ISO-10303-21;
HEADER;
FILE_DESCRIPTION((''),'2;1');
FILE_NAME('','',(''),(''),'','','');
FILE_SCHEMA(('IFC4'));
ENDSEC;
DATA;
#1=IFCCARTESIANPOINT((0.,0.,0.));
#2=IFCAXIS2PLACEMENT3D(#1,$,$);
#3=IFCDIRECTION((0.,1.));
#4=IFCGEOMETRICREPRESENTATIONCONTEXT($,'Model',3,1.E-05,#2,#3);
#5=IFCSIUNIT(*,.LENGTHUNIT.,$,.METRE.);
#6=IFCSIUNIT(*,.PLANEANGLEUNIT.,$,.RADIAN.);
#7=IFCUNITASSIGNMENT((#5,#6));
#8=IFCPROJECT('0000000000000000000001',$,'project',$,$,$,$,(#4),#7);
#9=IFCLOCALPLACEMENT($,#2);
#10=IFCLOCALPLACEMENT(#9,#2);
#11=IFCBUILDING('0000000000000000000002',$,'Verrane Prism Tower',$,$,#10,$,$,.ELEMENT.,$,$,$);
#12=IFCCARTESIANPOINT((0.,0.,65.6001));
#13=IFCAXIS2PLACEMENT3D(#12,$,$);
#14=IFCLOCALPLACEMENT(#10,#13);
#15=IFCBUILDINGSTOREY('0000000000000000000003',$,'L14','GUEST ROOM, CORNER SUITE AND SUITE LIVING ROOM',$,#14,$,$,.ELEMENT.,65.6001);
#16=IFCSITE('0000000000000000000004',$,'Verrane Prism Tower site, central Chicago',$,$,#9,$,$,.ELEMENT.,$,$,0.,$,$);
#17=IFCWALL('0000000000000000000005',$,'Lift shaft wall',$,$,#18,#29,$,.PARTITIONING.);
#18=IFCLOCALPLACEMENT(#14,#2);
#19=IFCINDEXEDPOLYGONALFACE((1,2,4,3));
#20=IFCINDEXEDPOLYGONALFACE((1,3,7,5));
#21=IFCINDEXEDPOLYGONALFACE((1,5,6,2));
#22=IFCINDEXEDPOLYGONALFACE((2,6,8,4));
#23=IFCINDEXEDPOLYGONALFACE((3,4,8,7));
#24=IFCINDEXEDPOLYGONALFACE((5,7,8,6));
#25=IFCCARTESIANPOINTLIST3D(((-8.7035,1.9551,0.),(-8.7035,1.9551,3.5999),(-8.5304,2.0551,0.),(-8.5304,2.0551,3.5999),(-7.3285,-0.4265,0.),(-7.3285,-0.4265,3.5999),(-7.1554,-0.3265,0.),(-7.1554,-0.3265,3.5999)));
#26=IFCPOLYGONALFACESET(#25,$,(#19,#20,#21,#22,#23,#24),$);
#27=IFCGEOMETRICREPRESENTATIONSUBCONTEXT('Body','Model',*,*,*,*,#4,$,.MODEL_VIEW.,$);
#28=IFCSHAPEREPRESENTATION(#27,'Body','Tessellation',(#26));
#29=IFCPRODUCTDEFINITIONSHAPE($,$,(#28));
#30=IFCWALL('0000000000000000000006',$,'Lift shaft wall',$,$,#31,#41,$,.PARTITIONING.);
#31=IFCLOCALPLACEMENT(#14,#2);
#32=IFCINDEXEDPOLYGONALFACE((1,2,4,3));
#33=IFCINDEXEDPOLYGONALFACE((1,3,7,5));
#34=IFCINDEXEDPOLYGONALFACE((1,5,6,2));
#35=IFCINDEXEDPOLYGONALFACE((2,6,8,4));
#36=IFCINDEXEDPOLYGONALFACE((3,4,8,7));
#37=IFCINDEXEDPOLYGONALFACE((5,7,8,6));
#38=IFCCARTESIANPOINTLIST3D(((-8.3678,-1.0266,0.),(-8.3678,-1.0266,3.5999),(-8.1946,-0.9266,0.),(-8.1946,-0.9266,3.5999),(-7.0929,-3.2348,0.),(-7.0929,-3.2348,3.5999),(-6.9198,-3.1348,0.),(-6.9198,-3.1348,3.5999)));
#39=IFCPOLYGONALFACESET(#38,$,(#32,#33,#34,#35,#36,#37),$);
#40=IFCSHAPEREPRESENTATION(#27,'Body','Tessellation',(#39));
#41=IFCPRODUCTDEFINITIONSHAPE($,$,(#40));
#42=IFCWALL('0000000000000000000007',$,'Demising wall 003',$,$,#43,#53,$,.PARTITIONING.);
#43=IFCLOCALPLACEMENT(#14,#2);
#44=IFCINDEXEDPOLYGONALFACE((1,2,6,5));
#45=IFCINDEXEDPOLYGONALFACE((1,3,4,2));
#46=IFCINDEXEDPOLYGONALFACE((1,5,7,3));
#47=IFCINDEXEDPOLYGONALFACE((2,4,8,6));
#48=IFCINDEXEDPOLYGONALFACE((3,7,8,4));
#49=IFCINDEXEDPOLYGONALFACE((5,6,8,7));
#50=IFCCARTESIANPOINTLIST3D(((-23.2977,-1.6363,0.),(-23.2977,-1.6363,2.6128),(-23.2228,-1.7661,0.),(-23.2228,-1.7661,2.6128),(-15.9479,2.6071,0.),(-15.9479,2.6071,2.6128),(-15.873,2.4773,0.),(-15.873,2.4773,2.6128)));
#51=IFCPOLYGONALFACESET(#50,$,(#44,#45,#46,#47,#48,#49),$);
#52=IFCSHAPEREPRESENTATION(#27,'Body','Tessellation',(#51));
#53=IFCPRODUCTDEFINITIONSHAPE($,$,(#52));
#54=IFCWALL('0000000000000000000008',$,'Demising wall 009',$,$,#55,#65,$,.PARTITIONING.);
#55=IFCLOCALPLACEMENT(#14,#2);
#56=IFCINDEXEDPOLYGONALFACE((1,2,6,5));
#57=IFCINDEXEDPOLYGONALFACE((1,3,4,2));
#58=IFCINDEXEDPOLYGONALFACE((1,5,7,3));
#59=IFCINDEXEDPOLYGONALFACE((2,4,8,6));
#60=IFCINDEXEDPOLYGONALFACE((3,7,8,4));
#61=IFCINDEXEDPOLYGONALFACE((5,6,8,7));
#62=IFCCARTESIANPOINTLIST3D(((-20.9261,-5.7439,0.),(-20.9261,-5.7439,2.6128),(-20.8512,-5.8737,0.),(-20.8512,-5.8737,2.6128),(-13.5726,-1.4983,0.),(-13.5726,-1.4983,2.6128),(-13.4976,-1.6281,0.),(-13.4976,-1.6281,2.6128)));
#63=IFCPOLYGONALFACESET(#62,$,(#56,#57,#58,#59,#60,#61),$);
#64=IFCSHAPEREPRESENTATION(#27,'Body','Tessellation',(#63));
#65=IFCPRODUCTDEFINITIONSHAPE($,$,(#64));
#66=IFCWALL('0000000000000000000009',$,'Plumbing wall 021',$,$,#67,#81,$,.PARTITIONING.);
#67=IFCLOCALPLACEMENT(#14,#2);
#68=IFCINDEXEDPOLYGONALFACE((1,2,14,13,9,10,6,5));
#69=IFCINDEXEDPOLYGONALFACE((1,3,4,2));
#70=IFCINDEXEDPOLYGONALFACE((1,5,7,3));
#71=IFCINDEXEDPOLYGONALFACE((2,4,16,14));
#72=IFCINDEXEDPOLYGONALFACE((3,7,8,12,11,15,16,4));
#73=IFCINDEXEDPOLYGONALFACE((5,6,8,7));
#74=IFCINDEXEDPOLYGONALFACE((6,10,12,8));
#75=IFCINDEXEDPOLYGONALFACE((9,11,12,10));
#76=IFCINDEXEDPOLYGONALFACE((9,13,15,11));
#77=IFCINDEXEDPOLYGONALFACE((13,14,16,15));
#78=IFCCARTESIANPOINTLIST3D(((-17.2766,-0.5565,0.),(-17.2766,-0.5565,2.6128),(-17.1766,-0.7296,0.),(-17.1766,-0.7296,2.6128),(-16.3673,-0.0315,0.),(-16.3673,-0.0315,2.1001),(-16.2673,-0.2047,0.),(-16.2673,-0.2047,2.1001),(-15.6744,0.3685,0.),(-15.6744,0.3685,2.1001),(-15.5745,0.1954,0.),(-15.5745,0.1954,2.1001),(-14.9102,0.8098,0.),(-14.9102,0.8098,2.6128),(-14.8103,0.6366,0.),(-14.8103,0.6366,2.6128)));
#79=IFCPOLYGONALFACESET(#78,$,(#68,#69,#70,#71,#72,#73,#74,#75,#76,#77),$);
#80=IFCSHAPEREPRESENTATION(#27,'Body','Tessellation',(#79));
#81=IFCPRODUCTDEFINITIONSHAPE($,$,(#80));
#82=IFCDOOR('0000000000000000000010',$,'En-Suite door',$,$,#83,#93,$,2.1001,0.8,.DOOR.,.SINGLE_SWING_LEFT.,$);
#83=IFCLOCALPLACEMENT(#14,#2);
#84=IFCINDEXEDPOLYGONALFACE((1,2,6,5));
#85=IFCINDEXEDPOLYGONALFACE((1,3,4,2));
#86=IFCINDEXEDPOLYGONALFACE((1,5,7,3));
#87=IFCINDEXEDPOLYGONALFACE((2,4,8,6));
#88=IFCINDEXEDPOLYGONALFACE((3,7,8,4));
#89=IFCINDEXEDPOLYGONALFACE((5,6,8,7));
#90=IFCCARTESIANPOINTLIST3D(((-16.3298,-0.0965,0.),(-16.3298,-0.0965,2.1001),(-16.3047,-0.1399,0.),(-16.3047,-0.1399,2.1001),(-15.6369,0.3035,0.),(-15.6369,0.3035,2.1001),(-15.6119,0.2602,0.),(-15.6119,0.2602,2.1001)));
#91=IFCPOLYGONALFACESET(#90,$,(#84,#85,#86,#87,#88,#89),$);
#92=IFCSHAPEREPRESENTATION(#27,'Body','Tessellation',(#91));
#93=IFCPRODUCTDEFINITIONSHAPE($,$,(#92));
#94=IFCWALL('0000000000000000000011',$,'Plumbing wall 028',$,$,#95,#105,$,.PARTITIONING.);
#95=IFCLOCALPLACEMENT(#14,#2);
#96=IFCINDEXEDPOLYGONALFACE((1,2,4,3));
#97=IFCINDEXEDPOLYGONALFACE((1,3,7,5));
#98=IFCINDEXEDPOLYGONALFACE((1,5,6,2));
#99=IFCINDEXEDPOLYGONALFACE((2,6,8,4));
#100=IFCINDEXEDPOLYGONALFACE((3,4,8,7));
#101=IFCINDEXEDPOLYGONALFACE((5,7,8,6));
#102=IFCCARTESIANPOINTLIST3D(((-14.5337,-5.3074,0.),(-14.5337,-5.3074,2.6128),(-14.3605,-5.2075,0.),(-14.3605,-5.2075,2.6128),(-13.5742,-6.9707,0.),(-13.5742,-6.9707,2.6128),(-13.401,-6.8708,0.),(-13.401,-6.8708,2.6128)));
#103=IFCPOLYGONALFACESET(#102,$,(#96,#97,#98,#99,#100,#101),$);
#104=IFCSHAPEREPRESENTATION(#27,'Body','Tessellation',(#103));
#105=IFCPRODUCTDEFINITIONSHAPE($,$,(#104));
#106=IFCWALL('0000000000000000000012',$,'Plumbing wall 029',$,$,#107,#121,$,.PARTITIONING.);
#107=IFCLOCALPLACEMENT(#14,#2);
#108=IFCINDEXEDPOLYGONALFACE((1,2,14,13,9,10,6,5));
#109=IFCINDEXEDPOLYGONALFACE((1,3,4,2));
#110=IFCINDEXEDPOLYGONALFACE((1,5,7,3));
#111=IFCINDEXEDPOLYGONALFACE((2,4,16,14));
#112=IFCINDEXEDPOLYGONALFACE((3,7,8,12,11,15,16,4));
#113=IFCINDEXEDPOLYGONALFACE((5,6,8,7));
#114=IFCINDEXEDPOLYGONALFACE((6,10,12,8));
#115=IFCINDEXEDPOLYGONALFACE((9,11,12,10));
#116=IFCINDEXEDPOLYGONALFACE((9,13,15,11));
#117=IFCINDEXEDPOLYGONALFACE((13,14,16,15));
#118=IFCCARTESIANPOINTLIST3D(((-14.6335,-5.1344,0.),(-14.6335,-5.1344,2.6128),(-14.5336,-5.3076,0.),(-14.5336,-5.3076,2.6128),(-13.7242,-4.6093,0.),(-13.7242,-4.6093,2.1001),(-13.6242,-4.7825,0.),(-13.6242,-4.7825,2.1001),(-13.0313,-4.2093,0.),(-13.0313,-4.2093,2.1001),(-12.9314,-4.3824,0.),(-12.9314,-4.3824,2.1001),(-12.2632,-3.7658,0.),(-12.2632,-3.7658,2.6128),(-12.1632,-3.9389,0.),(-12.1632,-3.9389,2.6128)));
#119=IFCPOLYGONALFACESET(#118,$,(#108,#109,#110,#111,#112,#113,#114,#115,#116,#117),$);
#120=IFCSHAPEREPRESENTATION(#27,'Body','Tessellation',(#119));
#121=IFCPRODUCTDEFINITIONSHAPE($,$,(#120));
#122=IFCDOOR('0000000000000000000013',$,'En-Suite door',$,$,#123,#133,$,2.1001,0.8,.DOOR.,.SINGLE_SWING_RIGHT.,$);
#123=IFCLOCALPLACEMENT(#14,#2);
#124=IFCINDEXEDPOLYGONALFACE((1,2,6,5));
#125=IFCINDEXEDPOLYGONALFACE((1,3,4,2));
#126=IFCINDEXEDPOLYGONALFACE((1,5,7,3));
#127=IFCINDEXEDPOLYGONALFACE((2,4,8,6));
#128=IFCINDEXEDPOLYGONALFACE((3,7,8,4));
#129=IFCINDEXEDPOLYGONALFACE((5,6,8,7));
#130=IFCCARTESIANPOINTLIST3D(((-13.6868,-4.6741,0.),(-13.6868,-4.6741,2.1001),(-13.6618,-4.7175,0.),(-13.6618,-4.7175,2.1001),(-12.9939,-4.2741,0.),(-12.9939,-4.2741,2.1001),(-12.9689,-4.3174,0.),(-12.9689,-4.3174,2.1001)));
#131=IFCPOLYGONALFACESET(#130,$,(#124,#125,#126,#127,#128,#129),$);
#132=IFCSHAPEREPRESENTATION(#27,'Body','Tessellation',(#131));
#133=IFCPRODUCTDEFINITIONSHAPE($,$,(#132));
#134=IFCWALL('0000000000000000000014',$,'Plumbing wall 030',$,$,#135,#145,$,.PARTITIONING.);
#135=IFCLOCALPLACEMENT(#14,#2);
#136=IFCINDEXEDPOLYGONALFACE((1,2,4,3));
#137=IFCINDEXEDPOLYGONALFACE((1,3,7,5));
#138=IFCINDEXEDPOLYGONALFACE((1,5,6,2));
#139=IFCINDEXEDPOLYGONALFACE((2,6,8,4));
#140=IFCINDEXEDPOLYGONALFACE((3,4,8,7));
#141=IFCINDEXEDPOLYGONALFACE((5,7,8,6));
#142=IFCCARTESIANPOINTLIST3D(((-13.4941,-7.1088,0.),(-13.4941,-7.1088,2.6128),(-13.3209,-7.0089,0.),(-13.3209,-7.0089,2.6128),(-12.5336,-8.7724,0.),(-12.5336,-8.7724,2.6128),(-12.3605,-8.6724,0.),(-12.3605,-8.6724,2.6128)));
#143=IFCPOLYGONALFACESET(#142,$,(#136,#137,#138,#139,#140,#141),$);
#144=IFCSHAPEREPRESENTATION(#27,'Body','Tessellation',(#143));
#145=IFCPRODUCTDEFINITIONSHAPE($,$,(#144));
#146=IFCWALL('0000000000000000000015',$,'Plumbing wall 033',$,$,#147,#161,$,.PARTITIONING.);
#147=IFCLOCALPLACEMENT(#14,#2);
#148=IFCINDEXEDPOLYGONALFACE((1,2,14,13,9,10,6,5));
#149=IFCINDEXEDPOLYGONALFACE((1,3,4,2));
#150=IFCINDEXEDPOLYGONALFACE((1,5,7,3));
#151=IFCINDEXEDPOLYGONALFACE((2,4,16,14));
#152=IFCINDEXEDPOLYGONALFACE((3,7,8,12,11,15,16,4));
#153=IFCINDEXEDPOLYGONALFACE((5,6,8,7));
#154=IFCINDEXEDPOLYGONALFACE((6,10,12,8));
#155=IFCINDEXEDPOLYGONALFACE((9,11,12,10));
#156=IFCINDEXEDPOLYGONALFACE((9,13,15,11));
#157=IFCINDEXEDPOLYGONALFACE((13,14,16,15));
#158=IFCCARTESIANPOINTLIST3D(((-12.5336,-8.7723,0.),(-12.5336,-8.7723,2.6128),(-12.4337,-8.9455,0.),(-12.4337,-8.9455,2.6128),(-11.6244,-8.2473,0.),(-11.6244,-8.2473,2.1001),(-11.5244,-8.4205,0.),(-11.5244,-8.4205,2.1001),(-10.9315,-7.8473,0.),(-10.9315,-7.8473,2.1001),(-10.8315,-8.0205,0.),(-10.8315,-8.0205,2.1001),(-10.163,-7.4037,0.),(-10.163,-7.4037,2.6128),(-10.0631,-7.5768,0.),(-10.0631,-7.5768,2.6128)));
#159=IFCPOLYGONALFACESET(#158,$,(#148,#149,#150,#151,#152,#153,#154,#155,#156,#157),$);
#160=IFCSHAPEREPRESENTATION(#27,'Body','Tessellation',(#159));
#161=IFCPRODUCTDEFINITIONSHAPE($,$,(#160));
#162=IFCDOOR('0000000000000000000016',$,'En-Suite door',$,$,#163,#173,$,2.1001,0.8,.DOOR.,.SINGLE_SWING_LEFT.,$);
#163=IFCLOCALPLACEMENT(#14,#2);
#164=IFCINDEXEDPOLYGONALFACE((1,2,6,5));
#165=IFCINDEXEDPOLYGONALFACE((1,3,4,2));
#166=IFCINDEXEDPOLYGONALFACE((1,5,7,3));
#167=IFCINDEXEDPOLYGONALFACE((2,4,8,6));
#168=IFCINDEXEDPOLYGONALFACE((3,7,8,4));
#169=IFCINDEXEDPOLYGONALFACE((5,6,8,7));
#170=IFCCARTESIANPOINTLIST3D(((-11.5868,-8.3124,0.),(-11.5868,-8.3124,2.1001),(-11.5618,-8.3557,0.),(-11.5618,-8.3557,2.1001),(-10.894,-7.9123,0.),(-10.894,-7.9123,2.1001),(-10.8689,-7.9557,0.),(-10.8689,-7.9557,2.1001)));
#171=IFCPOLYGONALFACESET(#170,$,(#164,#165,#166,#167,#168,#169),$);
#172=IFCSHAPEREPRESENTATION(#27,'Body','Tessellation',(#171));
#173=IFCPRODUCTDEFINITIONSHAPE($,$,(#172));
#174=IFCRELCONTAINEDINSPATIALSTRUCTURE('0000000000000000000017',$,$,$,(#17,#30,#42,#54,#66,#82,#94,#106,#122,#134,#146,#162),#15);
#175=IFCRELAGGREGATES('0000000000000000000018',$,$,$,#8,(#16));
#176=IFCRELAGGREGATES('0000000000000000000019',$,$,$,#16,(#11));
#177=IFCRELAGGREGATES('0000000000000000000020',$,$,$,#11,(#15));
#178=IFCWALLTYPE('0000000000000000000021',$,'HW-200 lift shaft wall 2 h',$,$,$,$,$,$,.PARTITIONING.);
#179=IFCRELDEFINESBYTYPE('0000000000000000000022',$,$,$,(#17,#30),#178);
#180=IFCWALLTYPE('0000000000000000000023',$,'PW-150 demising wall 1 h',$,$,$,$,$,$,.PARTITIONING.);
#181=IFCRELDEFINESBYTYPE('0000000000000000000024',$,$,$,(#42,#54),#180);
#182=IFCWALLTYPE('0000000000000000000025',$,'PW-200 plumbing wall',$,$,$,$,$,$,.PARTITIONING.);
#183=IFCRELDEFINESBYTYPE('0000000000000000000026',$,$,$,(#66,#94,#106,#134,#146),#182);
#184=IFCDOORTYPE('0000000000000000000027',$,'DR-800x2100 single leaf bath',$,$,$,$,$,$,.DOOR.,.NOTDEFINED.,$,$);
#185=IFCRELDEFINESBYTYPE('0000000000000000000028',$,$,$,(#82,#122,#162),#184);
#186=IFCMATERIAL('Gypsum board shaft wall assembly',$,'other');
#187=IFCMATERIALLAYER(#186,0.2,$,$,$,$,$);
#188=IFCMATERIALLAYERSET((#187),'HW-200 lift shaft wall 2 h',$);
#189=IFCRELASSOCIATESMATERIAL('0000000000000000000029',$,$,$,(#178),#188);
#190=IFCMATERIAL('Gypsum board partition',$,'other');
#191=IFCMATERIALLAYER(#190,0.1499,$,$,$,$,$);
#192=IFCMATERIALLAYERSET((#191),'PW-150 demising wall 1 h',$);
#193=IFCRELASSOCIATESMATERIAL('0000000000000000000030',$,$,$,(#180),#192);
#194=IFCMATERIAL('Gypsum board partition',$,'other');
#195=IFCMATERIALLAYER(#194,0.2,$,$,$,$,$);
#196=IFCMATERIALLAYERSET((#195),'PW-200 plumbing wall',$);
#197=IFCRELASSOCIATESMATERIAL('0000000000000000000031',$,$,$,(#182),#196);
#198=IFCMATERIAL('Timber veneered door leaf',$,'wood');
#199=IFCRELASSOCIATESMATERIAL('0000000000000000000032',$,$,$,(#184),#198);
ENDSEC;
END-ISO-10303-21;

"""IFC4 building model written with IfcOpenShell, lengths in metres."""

from ifc_helpers import new_model, si_unit, direction, frame, frame_2d, origin, place, context, subcontext, project, spatial, rectangle, extrude, material, layer, layer_set, type_object, element, fill, save


model = new_model("IFC4")

# Units and contexts
model_context = context("Model", 3, precision=1e-05, world=origin(), true_north=direction((0.0, 1.0)))
body_context = subcontext(model_context, "Body", "Model", "MODEL_VIEW")
ifc_project = project(units=[si_unit("LENGTHUNIT", "METRE"), si_unit("PLANEANGLEUNIT", "RADIAN")], contexts=[model_context])

# Site, building, storey
site_placement = place(None, origin())
site = spatial("IfcSite", under=ifc_project, at=site_placement, Name="Verrane Prism Tower site, central Chicago", CompositionType="ELEMENT", RefElevation=0.0)
building_placement = place(site_placement, origin())
building = spatial("IfcBuilding", under=site, at=building_placement, Name="Verrane Prism Tower", CompositionType="ELEMENT")
storey_placement = place(building_placement, frame((0.0, 0.0, 65.6001)))
storey = spatial("IfcBuildingStorey", under=building, at=storey_placement, Name="L14", Description="GUEST ROOM, CORNER SUITE AND SUITE LIVING ROOM", CompositionType="ELEMENT", Elevation=65.6001)

# Walls
ifc_material_1 = material(Name="Gypsum board shaft wall assembly", Category="other")
ifc_layer_1 = layer(ifc_material_1, 0.2)
ifc_layer_set_1 = layer_set([ifc_layer_1], Name="HW-200 lift shaft wall 2 h")
wall_type_1 = type_object("IfcWallType", Name="HW-200 lift shaft wall 2 h", PredefinedType="PARTITIONING", material=ifc_layer_set_1)
wall_1_placement = place(storey_placement, frame((-7.2419, -0.3765, 0.0), z_axis=(0.0, 0.0, 1.0), x_axis=(-0.499997, 0.866027, 0.0)))
element("IfcWall", 1, at=wall_1_placement, inside=storey, type_object=wall_type_1, Name="Lift shaft wall", PredefinedType="PARTITIONING", context=body_context, shape_type="SweptSolid", body=[
    extrude(rectangle(XDim=2.75, YDim=0.2, at=frame_2d((1.375, 0.0))), origin(), (0.0, 0.0, 1.0), 3.5999),
])
wall_2_placement = place(storey_placement, frame((-7.0063, -3.1848, 0.0), z_axis=(0.0, 0.0, 1.0), x_axis=(-0.49999, 0.866031, 0.0)))
element("IfcWall", 2, at=wall_2_placement, inside=storey, type_object=wall_type_1, Name="Lift shaft wall", PredefinedType="PARTITIONING", context=body_context, shape_type="SweptSolid", body=[
    extrude(rectangle(XDim=2.5498, YDim=0.2, at=frame_2d((1.2749, 0.0))), origin(), (0.0, 0.0, 1.0), 3.5999),
])
ifc_material_2 = material(Name="Gypsum board partition", Category="other")
ifc_layer_2 = layer(ifc_material_2, 0.1499)
ifc_layer_set_2 = layer_set([ifc_layer_2], Name="PW-150 demising wall 1 h")
wall_type_2 = type_object("IfcWallType", Name="PW-150 demising wall 1 h", PredefinedType="PARTITIONING", material=ifc_layer_set_2)
wall_3_placement = place(storey_placement, frame((-23.2603, -1.7012, 0.0), z_axis=(0.0, 0.0, 1.0), x_axis=(0.866027, 0.499997, 0.0)))
element("IfcWall", 3, at=wall_3_placement, inside=storey, type_object=wall_type_2, Name="Demising wall 003", PredefinedType="PARTITIONING", context=body_context, shape_type="SweptSolid", body=[
    extrude(rectangle(XDim=8.4868, YDim=0.1499, at=frame_2d((4.2434, 0.0))), origin(), (0.0, 0.0, 1.0), 2.6128),
])
wall_4_placement = place(storey_placement, frame((-20.8887, -5.8088, 0.0), z_axis=(0.0, 0.0, 1.0), x_axis=(0.866023, 0.500005, 0.0)))
element("IfcWall", 4, at=wall_4_placement, inside=storey, type_object=wall_type_2, Name="Demising wall 009", PredefinedType="PARTITIONING", context=body_context, shape_type="SweptSolid", body=[
    extrude(rectangle(XDim=8.4912, YDim=0.1499, at=frame_2d((4.2456, 0.0))), origin(), (0.0, 0.0, 1.0), 2.6128),
])

# Wall, opening, door
ifc_material_3 = material(Name="Gypsum board partition", Category="other")
ifc_layer_3 = layer(ifc_material_3, 0.2)
ifc_layer_set_3 = layer_set([ifc_layer_3], Name="PW-200 plumbing wall")
wall_type_3 = type_object("IfcWallType", Name="PW-200 plumbing wall", PredefinedType="PARTITIONING", material=ifc_layer_set_3)
wall_5_placement = place(storey_placement, frame((-17.2266, -0.6431, 0.0), z_axis=(0.0, 0.0, 1.0), x_axis=(0.866013, 0.500022, 0.0)))
wall_5 = element("IfcWall", 5, at=wall_5_placement, inside=storey, type_object=wall_type_3, Name="Plumbing wall 021", PredefinedType="PARTITIONING", context=body_context, shape_type="SweptSolid", body=[
    extrude(rectangle(XDim=2.7324, YDim=0.2, at=frame_2d((1.3662, 0.0))), origin(), (0.0, 0.0, 1.0), 2.6128),
])
opening_1_placement = place(wall_5_placement, frame((1.05, 0.0, 0.0)))
opening_1 = element("IfcOpeningElement", 6, at=opening_1_placement, cuts=wall_5, PredefinedType="OPENING", context=body_context, shape_type="SweptSolid", body=[
    extrude(rectangle(XDim=0.8, YDim=2.1001, at=frame_2d((0.3999, 1.05))), frame((0.0, 0.1099, 0.0), z_axis=(0.0, -1.0, 0.0), x_axis=(1.0, 0.0, 0.0)), (0.0, 0.0, 1.0), 0.22),
])
ifc_material_4 = material(Name="Timber veneered door leaf", Category="wood")
door_type = type_object("IfcDoorType", Name="DR-800x2100 single leaf bath", OperationType="NOTDEFINED", PredefinedType="DOOR", material=ifc_material_4)
door_1_placement = place(opening_1_placement, origin())
door_1 = element("IfcDoor", 7, at=door_1_placement, inside=storey, type_object=door_type, Name="En-Suite door", OperationType="SINGLE_SWING_LEFT", OverallHeight=2.1001, OverallWidth=0.8, PredefinedType="DOOR", context=body_context, shape_type="SweptSolid", body=[
    extrude(rectangle(XDim=0.8, YDim=2.1001, at=frame_2d((0.3999, 1.05))), frame((0.0, 0.0249, 0.0), z_axis=(0.0, -1.0, 0.0), x_axis=(1.0, 0.0, 0.0)), (0.0, 0.0, 1.0), 0.05),
])
fill(opening_1, door_1)

# Wall
wall_6_placement = place(storey_placement, frame((-14.447, -5.2576, 0.0), z_axis=(0.0, 0.0, 1.0), x_axis=(0.499667, -0.866217, 0.0)))
element("IfcWall", 8, at=wall_6_placement, inside=storey, type_object=wall_type_3, Name="Plumbing wall 028", PredefinedType="PARTITIONING", context=body_context, shape_type="SweptSolid", body=[
    extrude(rectangle(XDim=1.9202, YDim=0.2, at=frame_2d((0.96, 0.0))), origin(), (0.0, 0.0, 1.0), 2.6128),
])

# Wall, opening, door
wall_7_placement = place(storey_placement, frame((-12.2131, -3.8523, 0.0), z_axis=(0.0, 0.0, 1.0), x_axis=(-0.866006, -0.500034, 0.0)))
wall_7 = element("IfcWall", 9, at=wall_7_placement, inside=storey, type_object=wall_type_3, Name="Plumbing wall 029", PredefinedType="PARTITIONING", context=body_context, shape_type="SweptSolid", body=[
    extrude(rectangle(XDim=2.7371, YDim=0.2, at=frame_2d((1.3687, 0.0))), origin(), (0.0, 0.0, 1.0), 2.6128),
])
opening_2_placement = place(wall_7_placement, frame((0.8872, 0.0, 0.0)))
opening_2 = element("IfcOpeningElement", 10, at=opening_2_placement, cuts=wall_7, PredefinedType="OPENING", context=body_context, shape_type="SweptSolid", body=[
    extrude(rectangle(XDim=0.8, YDim=2.1001, at=frame_2d((0.3999, 1.05))), frame((0.0, 0.1099, 0.0), z_axis=(0.0, -1.0, 0.0), x_axis=(1.0, 0.0, 0.0)), (0.0, 0.0, 1.0), 0.22),
])
door_2_placement = place(opening_2_placement, origin())
door_2 = element("IfcDoor", 11, at=door_2_placement, inside=storey, type_object=door_type, Name="En-Suite door", OperationType="SINGLE_SWING_RIGHT", OverallHeight=2.1001, OverallWidth=0.8, PredefinedType="DOOR", context=body_context, shape_type="SweptSolid", body=[
    extrude(rectangle(XDim=0.8, YDim=2.1001, at=frame_2d((0.3999, 1.05))), frame((0.0, 0.0249, 0.0), z_axis=(0.0, -1.0, 0.0), x_axis=(1.0, 0.0, 0.0)), (0.0, 0.0, 1.0), 0.05),
])
fill(opening_2, door_2)

# Wall
wall_8_placement = place(storey_placement, frame((-13.4075, -7.0588, 0.0), z_axis=(0.0, 0.0, 1.0), x_axis=(0.499994, -0.866029, 0.0)))
element("IfcWall", 12, at=wall_8_placement, inside=storey, type_object=wall_type_3, Name="Plumbing wall 030", PredefinedType="PARTITIONING", context=body_context, shape_type="SweptSolid", body=[
    extrude(rectangle(XDim=1.9209, YDim=0.2, at=frame_2d((0.9604, 0.0))), origin(), (0.0, 0.0, 1.0), 2.6128),
])

# Wall, opening, door
wall_9_placement = place(storey_placement, frame((-12.4836, -8.8589, 0.0), z_axis=(0.0, 0.0, 1.0), x_axis=(0.866028, 0.499995, 0.0)))
wall_9 = element("IfcWall", 13, at=wall_9_placement, inside=storey, type_object=wall_type_3, Name="Plumbing wall 033", PredefinedType="PARTITIONING", context=body_context, shape_type="SweptSolid", body=[
    extrude(rectangle(XDim=2.7373, YDim=0.2, at=frame_2d((1.3687, 0.0))), origin(), (0.0, 0.0, 1.0), 2.6128),
])
opening_3_placement = place(wall_9_placement, frame((1.05, 0.0, 0.0)))
opening_3 = element("IfcOpeningElement", 14, at=opening_3_placement, cuts=wall_9, PredefinedType="OPENING", context=body_context, shape_type="SweptSolid", body=[
    extrude(rectangle(XDim=0.8, YDim=2.1001, at=frame_2d((0.3999, 1.05))), frame((0.0, 0.1099, 0.0), z_axis=(0.0, -1.0, 0.0), x_axis=(1.0, 0.0, 0.0)), (0.0, 0.0, 1.0), 0.22),
])
door_3_placement = place(opening_3_placement, origin())
door_3 = element("IfcDoor", 15, at=door_3_placement, inside=storey, type_object=door_type, Name="En-Suite door", OperationType="SINGLE_SWING_LEFT", OverallHeight=2.1001, OverallWidth=0.8, PredefinedType="DOOR", context=body_context, shape_type="SweptSolid", body=[
    extrude(rectangle(XDim=0.8, YDim=2.1001, at=frame_2d((0.3999, 1.05))), frame((0.0, 0.0249, 0.0), z_axis=(0.0, -1.0, 0.0), x_axis=(1.0, 0.0, 0.0)), (0.0, 0.0, 1.0), 0.05),
])
fill(opening_3, door_3)

save(model, "model.ifc")
